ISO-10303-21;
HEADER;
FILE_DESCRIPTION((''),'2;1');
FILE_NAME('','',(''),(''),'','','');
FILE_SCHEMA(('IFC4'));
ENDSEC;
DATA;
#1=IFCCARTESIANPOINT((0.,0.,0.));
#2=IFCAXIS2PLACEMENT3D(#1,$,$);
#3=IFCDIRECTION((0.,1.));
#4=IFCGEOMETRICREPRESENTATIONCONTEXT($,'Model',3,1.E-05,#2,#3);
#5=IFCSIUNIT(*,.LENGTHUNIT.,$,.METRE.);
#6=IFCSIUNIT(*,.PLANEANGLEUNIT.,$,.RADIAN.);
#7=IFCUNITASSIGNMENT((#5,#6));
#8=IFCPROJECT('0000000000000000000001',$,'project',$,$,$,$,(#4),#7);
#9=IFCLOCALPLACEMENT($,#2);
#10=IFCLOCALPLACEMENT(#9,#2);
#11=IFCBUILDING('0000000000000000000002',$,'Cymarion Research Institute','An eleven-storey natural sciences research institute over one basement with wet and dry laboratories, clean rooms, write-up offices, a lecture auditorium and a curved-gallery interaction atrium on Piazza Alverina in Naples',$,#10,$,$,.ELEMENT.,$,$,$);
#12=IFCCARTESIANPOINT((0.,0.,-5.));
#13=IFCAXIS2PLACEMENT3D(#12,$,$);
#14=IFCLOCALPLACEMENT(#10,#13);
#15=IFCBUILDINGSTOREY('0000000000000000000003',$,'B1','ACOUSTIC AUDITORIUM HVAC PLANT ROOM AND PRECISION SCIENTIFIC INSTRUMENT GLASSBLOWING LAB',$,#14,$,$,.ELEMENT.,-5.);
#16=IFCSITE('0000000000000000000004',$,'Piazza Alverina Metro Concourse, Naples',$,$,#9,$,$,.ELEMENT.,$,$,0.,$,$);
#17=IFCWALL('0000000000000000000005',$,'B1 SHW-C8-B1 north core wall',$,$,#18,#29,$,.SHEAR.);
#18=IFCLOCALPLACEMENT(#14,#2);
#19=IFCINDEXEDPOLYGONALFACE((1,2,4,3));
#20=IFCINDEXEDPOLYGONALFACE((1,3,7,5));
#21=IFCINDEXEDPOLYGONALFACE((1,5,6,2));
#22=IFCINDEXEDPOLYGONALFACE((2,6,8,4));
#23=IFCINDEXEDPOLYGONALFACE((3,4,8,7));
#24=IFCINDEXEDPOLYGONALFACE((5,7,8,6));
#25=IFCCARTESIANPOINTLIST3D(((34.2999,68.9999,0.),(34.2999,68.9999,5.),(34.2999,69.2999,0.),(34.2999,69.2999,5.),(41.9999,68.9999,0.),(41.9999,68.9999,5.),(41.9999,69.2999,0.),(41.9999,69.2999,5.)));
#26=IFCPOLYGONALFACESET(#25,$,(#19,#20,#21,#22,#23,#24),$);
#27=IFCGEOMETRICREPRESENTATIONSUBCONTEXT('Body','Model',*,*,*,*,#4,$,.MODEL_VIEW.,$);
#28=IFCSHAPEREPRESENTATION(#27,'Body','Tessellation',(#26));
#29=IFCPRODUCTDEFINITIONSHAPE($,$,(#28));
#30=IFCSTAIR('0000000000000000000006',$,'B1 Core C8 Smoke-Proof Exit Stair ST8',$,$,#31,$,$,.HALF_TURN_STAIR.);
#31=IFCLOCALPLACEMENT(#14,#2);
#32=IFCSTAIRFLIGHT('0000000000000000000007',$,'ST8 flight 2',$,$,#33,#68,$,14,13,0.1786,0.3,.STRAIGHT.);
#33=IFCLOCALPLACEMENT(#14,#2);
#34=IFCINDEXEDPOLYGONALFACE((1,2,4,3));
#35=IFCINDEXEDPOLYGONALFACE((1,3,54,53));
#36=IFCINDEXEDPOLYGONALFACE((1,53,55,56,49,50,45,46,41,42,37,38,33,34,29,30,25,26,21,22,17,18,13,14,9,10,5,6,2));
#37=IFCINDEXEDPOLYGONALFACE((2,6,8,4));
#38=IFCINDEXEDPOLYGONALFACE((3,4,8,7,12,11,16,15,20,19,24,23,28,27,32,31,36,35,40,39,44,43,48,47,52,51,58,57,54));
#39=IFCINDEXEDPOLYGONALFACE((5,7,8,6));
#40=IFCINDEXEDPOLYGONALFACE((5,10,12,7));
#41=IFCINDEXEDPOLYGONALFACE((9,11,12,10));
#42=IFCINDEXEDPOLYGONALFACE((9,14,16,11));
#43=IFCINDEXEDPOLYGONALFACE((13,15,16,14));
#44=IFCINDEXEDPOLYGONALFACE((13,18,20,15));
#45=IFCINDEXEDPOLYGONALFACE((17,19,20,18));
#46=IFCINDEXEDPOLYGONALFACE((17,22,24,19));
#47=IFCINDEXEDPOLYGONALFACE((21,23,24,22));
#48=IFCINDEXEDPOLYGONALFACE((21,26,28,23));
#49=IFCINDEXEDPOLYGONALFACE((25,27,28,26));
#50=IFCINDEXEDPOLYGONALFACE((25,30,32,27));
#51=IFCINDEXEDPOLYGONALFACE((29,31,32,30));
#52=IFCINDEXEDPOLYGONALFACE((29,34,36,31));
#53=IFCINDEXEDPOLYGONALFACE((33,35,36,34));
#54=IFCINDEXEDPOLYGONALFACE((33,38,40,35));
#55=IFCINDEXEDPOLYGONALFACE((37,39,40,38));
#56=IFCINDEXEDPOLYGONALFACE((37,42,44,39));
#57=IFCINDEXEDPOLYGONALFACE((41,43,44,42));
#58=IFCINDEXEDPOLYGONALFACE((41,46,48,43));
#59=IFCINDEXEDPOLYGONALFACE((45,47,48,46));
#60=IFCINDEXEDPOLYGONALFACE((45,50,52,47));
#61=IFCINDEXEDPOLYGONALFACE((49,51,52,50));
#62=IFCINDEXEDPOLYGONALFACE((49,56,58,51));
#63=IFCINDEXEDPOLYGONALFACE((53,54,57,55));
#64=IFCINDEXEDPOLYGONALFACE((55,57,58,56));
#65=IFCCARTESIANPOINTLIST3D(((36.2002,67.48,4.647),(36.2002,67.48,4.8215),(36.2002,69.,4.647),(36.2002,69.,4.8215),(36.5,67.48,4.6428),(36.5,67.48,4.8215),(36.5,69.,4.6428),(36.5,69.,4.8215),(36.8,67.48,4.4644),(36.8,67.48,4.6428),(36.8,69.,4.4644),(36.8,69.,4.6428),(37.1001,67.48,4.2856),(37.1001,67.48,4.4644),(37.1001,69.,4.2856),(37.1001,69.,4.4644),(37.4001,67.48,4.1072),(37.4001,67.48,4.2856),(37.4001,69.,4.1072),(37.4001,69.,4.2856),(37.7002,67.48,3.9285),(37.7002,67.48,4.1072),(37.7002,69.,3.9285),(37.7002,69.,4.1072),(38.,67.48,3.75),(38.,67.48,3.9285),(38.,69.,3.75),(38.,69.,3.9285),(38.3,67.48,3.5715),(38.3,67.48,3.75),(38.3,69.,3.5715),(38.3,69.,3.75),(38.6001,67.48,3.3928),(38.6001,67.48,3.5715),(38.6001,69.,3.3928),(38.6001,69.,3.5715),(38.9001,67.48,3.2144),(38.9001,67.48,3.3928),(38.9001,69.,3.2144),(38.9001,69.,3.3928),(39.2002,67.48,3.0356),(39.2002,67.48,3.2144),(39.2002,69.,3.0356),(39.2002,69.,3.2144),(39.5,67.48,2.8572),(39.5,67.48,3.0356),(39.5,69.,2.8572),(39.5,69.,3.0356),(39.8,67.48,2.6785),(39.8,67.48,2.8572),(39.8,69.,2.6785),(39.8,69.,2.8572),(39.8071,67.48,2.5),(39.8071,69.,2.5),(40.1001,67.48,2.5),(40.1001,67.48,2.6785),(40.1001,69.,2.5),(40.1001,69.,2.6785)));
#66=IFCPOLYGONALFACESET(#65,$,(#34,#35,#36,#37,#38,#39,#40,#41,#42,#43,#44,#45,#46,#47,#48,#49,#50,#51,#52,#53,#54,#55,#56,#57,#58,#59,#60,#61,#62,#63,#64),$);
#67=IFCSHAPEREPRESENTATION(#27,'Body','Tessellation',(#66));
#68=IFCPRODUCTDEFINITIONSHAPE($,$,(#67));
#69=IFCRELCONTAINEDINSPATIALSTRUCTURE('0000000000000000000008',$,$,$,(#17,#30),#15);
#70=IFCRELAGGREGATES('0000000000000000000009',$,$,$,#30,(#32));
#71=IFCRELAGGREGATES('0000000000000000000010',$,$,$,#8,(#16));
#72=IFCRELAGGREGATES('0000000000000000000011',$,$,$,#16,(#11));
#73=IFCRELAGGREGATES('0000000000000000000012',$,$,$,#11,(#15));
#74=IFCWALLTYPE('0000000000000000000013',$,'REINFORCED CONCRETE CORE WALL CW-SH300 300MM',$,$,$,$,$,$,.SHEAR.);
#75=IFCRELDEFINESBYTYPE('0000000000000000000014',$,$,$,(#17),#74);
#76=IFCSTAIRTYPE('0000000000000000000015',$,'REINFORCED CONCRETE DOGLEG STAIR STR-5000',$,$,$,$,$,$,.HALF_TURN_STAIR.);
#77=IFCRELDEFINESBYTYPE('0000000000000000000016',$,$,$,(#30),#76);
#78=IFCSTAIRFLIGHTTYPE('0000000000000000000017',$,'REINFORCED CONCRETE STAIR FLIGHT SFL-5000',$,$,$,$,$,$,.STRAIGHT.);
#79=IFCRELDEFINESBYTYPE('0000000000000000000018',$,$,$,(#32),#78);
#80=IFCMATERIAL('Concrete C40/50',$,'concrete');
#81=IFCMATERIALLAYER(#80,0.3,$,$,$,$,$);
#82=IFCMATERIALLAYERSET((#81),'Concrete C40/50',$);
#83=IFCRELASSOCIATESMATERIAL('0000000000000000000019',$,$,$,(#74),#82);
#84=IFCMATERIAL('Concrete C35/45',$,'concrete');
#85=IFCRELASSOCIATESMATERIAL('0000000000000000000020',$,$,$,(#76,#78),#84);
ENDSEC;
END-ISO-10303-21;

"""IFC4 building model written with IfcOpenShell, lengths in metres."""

from ifc_helpers import new_model, si_unit, direction, frame, frame_2d, origin, place, context, subcontext, project, spatial, polyline, rectangle, outline, extrude, material, layer, layer_set, type_object, element, aggregate, save


model = new_model("IFC4")

# Units and contexts
model_context = context("Model", 3, precision=1e-05, world=origin(), true_north=direction((0.0, 1.0)))
body_context = subcontext(model_context, "Body", "Model", "MODEL_VIEW")
ifc_project = project(units=[si_unit("LENGTHUNIT", "METRE"), si_unit("PLANEANGLEUNIT", "RADIAN")], contexts=[model_context])

# Site, building, storey
site_placement = place(None, origin())
site = spatial("IfcSite", under=ifc_project, at=site_placement, Name="Piazza Alverina Metro Concourse, Naples", CompositionType="ELEMENT", RefElevation=0.0)
building_placement = place(site_placement, origin())
building = spatial("IfcBuilding", under=site, at=building_placement, Name="Cymarion Research Institute", Description="An eleven-storey natural sciences research institute over one basement with wet and dry laboratories, clean rooms, write-up offices, a lecture auditorium and a curved-gallery interaction atrium on Piazza Alverina in Naples", CompositionType="ELEMENT")
storey_placement = place(building_placement, frame((0.0, 0.0, -5.0)))
storey = spatial("IfcBuildingStorey", under=building, at=storey_placement, Name="B1", Description="ACOUSTIC AUDITORIUM HVAC PLANT ROOM AND PRECISION SCIENTIFIC INSTRUMENT GLASSBLOWING LAB", CompositionType="ELEMENT", Elevation=-5.0)

# Shared definitions
ifc_material_1 = material(Name="Concrete C35/45", Category="concrete")

# Shared definitions
ifc_material_2 = material(Name="Concrete C40/50", Category="concrete")

# Wall
ifc_layer_1 = layer(ifc_material_2, 0.3)
ifc_layer_set_1 = layer_set([ifc_layer_1], Name="Concrete C40/50")
wall_type_1 = type_object("IfcWallType", Name="REINFORCED CONCRETE CORE WALL CW-SH300 300MM", PredefinedType="SHEAR", material=ifc_layer_set_1)
wall_1_placement = place(storey_placement, frame((42.0, 69.1499, 0.0), z_axis=(0.0, 0.0, 1.0), x_axis=(-1.0, 0.0, 0.0)))
element("IfcWall", 1, at=wall_1_placement, inside=storey, type_object=wall_type_1, Name="B1 SHW-C8-B1 north core wall", PredefinedType="SHEAR", context=body_context, shape_type="SweptSolid", body=[
    extrude(rectangle(XDim=7.7, YDim=0.3, at=frame_2d((3.8501, 0.0))), origin(), (0.0, 0.0, 1.0), 5.0),
])

# Stair, stair flight
stair_type = type_object("IfcStairType", Name="REINFORCED CONCRETE DOGLEG STAIR STR-5000", PredefinedType="HALF_TURN_STAIR", material=ifc_material_1)
stair_placement = place(storey_placement, origin())
stair = element("IfcStair", 2, at=stair_placement, inside=storey, type_object=stair_type, Name="B1 Core C8 Smoke-Proof Exit Stair ST8", PredefinedType="HALF_TURN_STAIR")
stair_flight_type = type_object("IfcStairFlightType", Name="REINFORCED CONCRETE STAIR FLIGHT SFL-5000", PredefinedType="STRAIGHT", material=ifc_material_1)
stair_flight_placement = place(storey_placement, frame((40.1001, 68.24, 2.5), z_axis=(0.0, 0.0, 1.0), x_axis=(-1.0, 0.0, 0.0)))
stair_flight = element("IfcStairFlight", 3, at=stair_flight_placement, type_object=stair_flight_type, Name="ST8 flight 2", NumberOfRisers=14, NumberOfTreads=13, PredefinedType="STRAIGHT", RiserHeight=0.1786, TreadLength=0.3, context=body_context, shape_type="SweptSolid", body=[
    extrude(outline(polyline([(0.0, 0.0), (0.0, 0.1785), (0.3, 0.1785), (0.3, 0.3572), (0.6001, 0.3572), (0.6001, 0.5356), (0.8999, 0.5356), (0.8999, 0.7144), (1.2, 0.7144), (1.2, 0.8928), (1.5, 0.8928), (1.5, 1.0715), (1.8, 1.0715), (1.8, 1.25), (2.1001, 1.25), (2.1001, 1.4285), (2.3999, 1.4285), (2.3999, 1.6072), (2.7, 1.6072), (2.7, 1.7856), (3.0, 1.7856), (3.0, 1.9644), (3.3, 1.9644), (3.3, 2.1428), (3.6001, 2.1428), (3.6001, 2.3215), (3.8999, 2.3215), (3.8999, 2.5), (3.8999, 2.147), (0.293, 0.0), (0.0, 0.0)])), frame((0.0, 0.76, 0.0), z_axis=(0.0, -1.0, 0.0), x_axis=(1.0, 0.0, 0.0)), (0.0, 0.0, 1.0), 1.52),
])
aggregate(stair, [stair_flight])

save(model, "model.ifc")
